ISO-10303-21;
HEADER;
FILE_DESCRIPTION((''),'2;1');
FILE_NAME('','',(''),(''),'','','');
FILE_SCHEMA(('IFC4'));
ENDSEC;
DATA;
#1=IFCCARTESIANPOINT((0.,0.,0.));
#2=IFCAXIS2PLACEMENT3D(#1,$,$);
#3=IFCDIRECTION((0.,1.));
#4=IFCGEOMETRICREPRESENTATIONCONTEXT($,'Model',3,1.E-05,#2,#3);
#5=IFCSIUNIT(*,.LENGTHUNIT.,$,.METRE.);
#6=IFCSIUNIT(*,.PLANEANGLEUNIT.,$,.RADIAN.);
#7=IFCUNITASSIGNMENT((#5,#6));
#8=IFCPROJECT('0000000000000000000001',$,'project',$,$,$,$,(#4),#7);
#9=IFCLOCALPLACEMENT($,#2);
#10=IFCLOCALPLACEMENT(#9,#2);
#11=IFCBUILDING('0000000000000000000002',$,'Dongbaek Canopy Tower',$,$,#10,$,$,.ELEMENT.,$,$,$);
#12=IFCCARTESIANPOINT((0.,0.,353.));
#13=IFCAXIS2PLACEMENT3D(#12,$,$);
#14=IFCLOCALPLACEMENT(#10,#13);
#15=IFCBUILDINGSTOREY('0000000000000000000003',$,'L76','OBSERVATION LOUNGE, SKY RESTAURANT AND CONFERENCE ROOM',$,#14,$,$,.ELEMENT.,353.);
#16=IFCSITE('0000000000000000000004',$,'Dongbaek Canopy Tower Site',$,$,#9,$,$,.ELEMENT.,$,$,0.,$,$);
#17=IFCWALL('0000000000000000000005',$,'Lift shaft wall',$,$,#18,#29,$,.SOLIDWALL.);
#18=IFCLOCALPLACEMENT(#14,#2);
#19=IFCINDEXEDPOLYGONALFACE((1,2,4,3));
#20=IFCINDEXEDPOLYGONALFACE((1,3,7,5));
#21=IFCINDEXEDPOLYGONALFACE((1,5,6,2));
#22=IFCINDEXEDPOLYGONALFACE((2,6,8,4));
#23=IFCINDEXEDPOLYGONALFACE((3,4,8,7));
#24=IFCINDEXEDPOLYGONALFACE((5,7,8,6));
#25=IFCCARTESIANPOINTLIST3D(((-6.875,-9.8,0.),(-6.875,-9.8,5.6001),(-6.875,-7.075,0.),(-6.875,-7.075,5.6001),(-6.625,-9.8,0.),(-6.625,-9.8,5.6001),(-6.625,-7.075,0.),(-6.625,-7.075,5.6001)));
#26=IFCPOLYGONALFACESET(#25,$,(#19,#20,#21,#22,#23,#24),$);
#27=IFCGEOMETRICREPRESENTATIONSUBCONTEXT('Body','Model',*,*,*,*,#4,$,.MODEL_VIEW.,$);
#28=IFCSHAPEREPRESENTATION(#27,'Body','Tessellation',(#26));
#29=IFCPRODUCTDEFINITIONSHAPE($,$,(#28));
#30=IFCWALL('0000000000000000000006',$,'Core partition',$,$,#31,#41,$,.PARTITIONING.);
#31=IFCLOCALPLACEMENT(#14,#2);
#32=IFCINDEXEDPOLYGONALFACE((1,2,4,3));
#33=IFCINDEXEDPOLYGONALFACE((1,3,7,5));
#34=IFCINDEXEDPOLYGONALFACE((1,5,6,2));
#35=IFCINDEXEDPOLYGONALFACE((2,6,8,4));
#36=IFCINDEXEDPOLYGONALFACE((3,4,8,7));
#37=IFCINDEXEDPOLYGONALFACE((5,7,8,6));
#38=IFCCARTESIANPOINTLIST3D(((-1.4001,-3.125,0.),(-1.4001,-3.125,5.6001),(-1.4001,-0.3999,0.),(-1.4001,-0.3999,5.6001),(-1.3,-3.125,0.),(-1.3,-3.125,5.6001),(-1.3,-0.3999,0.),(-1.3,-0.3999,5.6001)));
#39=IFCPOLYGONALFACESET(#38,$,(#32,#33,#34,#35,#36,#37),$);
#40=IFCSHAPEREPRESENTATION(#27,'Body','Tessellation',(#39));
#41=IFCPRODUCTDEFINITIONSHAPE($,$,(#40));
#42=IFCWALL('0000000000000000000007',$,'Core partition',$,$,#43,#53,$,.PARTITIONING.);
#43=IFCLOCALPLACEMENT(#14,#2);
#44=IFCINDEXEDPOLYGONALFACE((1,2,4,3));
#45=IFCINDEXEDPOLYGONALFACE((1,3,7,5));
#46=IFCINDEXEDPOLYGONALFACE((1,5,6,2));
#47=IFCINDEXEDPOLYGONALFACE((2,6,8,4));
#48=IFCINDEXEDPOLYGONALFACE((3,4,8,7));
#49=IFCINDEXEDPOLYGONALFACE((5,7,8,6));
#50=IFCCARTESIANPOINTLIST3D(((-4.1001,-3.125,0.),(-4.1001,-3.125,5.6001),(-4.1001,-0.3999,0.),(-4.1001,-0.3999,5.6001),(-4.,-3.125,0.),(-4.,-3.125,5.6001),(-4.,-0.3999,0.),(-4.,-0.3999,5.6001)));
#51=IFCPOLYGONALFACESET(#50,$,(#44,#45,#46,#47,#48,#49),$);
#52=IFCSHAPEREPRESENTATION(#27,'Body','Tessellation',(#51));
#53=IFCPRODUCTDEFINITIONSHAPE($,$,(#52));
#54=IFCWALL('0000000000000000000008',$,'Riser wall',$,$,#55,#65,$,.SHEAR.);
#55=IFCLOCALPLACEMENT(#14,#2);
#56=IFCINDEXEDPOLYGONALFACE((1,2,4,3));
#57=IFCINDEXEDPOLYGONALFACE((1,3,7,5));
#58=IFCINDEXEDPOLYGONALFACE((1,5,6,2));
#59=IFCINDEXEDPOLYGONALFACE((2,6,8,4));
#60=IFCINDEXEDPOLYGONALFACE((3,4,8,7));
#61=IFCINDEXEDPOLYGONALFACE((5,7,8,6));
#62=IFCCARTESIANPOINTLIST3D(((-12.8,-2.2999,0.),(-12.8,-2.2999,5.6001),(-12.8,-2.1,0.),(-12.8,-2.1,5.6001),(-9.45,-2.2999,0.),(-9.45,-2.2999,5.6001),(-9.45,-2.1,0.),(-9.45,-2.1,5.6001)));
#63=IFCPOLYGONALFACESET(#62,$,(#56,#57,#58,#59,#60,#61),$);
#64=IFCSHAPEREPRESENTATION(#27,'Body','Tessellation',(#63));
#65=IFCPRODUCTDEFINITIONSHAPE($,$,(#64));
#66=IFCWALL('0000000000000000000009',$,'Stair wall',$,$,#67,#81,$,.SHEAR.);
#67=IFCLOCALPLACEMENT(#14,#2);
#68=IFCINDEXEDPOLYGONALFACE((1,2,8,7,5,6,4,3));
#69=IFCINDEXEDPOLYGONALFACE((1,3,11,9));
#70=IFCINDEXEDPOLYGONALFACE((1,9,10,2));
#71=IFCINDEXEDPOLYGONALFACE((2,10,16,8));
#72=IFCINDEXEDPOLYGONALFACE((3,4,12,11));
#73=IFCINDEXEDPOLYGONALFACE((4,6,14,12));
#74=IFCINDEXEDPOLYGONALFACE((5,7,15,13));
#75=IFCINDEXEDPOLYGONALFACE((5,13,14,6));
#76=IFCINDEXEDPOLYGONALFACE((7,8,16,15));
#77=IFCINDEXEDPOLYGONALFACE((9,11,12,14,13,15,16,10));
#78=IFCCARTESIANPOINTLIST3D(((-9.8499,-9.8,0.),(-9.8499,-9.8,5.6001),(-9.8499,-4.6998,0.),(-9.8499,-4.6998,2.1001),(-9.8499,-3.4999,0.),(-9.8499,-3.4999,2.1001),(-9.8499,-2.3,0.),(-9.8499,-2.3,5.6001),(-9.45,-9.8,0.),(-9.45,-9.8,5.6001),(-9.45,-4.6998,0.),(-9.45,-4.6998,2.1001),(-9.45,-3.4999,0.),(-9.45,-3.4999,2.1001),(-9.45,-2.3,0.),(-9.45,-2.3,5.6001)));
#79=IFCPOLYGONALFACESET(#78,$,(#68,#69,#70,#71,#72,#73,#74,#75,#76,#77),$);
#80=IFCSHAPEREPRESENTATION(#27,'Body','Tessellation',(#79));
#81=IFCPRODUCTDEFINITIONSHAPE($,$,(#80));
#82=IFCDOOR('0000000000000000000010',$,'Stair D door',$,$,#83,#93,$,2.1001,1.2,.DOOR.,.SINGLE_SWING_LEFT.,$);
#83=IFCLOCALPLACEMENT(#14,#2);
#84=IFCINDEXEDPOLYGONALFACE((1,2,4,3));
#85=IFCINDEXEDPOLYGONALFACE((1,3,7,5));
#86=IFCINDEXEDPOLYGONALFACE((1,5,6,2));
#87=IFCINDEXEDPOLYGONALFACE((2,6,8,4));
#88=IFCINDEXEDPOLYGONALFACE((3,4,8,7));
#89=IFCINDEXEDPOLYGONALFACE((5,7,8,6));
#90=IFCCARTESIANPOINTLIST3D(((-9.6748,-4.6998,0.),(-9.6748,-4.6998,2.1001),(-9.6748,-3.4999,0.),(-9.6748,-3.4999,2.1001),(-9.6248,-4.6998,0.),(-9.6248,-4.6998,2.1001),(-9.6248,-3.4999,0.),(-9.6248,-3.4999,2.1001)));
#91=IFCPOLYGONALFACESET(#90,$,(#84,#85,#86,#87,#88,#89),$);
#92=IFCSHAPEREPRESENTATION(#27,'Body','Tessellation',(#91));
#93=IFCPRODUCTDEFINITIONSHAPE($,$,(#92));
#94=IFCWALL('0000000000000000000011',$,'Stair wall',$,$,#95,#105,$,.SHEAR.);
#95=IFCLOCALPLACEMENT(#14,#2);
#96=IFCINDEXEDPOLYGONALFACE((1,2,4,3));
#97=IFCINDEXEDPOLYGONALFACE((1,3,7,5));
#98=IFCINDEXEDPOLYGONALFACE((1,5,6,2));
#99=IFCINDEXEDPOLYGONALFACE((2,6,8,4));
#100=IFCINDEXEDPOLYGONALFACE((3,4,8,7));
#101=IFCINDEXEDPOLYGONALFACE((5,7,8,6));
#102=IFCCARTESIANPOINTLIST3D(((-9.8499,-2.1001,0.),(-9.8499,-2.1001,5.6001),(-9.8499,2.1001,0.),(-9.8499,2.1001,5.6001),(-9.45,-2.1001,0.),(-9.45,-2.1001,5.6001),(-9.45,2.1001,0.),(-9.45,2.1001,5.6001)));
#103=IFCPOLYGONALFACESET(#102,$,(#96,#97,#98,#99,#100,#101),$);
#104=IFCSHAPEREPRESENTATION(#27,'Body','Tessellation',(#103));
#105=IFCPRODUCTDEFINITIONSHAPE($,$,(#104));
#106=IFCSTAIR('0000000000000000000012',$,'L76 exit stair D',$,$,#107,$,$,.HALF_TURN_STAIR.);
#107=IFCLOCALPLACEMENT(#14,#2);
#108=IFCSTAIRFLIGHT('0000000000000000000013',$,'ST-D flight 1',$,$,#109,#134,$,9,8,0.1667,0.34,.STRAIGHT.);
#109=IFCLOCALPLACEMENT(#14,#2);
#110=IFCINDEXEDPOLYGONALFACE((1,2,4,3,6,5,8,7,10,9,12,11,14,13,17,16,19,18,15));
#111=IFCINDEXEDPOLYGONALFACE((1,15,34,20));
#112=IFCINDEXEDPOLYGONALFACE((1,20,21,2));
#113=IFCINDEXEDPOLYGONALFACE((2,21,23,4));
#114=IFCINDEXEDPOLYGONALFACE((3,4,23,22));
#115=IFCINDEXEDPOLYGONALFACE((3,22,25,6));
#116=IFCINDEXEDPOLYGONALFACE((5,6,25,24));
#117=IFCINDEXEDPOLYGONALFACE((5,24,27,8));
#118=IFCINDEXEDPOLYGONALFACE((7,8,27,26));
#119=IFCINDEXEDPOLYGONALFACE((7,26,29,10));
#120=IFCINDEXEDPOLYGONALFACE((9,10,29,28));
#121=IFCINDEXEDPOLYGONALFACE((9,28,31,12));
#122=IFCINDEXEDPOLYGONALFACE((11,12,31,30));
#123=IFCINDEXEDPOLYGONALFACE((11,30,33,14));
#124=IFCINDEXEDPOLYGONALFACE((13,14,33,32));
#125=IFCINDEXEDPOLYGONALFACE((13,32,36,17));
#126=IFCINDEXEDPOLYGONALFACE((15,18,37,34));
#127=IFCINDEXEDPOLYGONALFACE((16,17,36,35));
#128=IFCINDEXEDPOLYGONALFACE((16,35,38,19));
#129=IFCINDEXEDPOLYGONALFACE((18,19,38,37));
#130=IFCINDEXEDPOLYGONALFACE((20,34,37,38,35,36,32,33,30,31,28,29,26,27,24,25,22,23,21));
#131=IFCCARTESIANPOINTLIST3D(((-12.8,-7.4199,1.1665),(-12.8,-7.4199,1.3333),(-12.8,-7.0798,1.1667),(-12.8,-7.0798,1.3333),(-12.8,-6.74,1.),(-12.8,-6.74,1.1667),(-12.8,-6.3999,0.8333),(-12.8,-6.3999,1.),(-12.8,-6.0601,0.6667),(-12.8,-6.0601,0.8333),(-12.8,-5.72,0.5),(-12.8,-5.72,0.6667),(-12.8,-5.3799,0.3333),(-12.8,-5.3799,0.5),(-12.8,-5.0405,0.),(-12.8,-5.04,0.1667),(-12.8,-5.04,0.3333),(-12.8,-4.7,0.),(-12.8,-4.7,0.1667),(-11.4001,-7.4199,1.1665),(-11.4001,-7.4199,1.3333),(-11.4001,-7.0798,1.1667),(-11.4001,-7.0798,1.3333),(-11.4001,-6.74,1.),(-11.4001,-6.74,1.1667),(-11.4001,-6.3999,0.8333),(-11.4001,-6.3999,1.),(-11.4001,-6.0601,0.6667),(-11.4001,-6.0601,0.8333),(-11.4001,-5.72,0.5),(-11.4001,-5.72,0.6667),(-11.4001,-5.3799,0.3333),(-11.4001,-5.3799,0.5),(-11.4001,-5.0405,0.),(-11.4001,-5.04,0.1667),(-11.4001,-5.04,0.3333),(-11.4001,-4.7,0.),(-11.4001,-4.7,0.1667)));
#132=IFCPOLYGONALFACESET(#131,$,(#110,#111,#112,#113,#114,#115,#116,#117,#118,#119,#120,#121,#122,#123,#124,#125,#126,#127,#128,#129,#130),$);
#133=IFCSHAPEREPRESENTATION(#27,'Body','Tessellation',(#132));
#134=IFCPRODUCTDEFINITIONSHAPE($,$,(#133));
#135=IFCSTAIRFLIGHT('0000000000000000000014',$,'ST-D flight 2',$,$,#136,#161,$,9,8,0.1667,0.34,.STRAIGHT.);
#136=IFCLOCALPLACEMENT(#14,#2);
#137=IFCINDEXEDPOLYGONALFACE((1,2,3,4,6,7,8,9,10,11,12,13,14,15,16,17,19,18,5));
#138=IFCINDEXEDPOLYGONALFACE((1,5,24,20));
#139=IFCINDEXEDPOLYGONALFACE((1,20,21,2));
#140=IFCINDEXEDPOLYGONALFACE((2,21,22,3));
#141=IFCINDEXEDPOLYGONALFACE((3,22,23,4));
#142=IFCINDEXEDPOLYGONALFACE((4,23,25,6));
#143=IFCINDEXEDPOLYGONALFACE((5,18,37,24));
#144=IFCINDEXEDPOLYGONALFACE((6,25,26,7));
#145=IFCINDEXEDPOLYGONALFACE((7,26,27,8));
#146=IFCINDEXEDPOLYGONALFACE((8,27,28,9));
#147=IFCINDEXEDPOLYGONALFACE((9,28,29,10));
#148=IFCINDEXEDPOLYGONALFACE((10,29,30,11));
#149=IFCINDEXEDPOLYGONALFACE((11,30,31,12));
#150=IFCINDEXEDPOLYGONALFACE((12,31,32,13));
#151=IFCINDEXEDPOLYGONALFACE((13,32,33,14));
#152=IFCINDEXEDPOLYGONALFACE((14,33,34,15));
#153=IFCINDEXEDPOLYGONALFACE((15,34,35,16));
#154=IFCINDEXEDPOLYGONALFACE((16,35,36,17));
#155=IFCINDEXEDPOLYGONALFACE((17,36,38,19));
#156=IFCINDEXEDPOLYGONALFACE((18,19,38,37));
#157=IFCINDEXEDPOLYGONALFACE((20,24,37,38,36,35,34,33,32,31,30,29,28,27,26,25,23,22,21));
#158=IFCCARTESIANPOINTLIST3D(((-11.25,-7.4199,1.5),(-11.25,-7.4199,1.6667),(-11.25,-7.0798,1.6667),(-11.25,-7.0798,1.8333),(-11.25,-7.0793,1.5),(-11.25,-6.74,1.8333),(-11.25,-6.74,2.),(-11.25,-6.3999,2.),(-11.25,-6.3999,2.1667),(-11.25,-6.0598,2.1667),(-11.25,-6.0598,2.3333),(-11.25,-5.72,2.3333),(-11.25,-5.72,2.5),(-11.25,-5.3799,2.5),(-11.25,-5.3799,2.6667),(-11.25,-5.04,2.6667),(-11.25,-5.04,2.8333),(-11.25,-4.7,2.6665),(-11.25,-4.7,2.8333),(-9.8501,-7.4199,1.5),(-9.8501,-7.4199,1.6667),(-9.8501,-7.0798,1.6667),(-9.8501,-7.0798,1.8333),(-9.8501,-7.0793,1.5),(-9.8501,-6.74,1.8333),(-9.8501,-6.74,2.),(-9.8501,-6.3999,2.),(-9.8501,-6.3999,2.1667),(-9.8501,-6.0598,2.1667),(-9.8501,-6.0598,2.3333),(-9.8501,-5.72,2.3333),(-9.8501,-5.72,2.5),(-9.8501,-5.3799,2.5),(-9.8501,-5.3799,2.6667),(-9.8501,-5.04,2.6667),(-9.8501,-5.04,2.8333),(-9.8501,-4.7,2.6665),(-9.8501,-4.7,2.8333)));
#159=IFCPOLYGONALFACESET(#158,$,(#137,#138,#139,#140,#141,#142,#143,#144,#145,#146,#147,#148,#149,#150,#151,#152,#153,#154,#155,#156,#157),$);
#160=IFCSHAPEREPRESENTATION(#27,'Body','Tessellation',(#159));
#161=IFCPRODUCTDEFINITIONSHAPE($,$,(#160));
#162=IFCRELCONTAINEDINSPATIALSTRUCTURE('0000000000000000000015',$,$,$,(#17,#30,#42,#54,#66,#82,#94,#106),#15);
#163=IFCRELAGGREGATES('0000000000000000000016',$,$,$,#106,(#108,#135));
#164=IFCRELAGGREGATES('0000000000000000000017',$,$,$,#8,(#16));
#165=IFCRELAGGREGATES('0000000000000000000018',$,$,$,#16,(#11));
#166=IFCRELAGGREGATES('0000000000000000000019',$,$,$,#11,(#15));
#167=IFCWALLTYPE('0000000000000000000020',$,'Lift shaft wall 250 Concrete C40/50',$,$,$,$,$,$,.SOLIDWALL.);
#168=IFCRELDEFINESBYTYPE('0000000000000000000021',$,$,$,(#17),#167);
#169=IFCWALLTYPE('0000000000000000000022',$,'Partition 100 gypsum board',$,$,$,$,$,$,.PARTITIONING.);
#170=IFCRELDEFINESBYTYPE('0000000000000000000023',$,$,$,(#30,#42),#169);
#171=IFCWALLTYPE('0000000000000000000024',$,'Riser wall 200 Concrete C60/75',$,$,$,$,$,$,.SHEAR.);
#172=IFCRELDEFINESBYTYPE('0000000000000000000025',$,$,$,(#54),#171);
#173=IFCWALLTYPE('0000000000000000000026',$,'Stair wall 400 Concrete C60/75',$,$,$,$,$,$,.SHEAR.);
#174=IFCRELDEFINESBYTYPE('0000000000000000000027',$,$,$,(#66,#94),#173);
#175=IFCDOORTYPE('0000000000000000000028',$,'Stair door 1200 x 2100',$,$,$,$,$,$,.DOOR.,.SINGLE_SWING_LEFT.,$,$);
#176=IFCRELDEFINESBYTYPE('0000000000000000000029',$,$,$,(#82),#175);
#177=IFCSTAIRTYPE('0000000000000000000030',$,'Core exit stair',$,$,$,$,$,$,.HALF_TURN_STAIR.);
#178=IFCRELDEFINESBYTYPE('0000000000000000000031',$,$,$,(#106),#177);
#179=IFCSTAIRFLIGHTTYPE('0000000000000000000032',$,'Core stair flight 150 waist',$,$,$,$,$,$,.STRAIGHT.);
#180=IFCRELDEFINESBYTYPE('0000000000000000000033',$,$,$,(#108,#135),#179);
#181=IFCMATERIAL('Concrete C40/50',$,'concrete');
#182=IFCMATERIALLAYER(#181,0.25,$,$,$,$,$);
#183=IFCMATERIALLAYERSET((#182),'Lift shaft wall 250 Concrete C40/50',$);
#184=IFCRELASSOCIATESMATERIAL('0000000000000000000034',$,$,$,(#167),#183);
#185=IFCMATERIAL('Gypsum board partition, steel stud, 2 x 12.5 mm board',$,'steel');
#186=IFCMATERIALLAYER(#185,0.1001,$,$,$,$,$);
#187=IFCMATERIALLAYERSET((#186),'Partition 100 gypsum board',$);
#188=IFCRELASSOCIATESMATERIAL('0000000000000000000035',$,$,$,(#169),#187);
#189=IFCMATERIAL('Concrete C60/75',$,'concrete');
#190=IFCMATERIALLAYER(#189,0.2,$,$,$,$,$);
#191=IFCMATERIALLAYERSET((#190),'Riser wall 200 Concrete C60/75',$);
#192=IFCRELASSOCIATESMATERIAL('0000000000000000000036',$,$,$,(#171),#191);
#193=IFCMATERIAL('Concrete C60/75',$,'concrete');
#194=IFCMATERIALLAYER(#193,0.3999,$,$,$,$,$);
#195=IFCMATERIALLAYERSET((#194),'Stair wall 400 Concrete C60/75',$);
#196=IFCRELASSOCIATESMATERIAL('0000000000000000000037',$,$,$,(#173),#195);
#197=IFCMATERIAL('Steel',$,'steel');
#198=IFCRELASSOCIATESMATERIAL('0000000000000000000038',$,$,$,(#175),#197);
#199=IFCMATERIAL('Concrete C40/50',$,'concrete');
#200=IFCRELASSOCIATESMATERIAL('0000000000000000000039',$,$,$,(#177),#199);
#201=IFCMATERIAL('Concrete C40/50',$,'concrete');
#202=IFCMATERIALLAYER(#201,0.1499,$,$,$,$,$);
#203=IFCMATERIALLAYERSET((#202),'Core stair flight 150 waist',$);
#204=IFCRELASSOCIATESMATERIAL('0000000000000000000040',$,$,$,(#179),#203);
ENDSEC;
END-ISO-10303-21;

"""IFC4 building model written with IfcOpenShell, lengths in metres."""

from ifc_helpers import new_model, si_unit, direction, frame, frame_2d, origin, place, context, subcontext, project, spatial, polyline, rectangle, outline, extrude, material, layer, layer_set, type_object, element, fill, aggregate, save


model = new_model("IFC4")

# Units and contexts
model_context = context("Model", 3, precision=1e-05, world=origin(), true_north=direction((0.0, 1.0)))
body_context = subcontext(model_context, "Body", "Model", "MODEL_VIEW")
ifc_project = project(units=[si_unit("LENGTHUNIT", "METRE"), si_unit("PLANEANGLEUNIT", "RADIAN")], contexts=[model_context])

# Site, building, storey
site_placement = place(None, origin())
site = spatial("IfcSite", under=ifc_project, at=site_placement, Name="Dongbaek Canopy Tower Site", CompositionType="ELEMENT", RefElevation=0.0)
building_placement = place(site_placement, origin())
building = spatial("IfcBuilding", under=site, at=building_placement, Name="Dongbaek Canopy Tower", CompositionType="ELEMENT")
storey_placement = place(building_placement, frame((0.0, 0.0, 353.0)))
storey = spatial("IfcBuildingStorey", under=building, at=storey_placement, Name="L76", Description="OBSERVATION LOUNGE, SKY RESTAURANT AND CONFERENCE ROOM", CompositionType="ELEMENT", Elevation=353.0)

# Walls
ifc_material_1 = material(Name="Concrete C40/50", Category="concrete")
ifc_layer_1 = layer(ifc_material_1, 0.25)
ifc_layer_set_1 = layer_set([ifc_layer_1], Name="Lift shaft wall 250 Concrete C40/50")
wall_type_1 = type_object("IfcWallType", Name="Lift shaft wall 250 Concrete C40/50", PredefinedType="SOLIDWALL", material=ifc_layer_set_1)
for number, where, z_axis, x_axis, name in (
    (1, (-6.75, -9.8, 0.0), (0.0, 0.0, 1.0), (0.0, 1.0, 0.0), "Lift shaft wall"),
):
    element("IfcWall", number, at=place(storey_placement, frame(where, z_axis=z_axis, x_axis=x_axis)), inside=storey, type_object=wall_type_1, Name=name, PredefinedType="SOLIDWALL", context=body_context, shape_type="SweptSolid", body=[
        extrude(rectangle(XDim=2.7251, YDim=0.25, at=frame_2d((1.3625, 0.0))), origin(), (0.0, 0.0, 1.0), 5.6001),
    ])
ifc_material_2 = material(Name="Gypsum board partition, steel stud, 2 x 12.5 mm board", Category="steel")
ifc_layer_2 = layer(ifc_material_2, 0.1001)
ifc_layer_set_2 = layer_set([ifc_layer_2], Name="Partition 100 gypsum board")
wall_type_2 = type_object("IfcWallType", Name="Partition 100 gypsum board", PredefinedType="PARTITIONING", material=ifc_layer_set_2)
for number, where, z_axis, x_axis, name in (
    (2, (-1.3501, -3.125, 0.0), (0.0, 0.0, 1.0), (0.0, 1.0, 0.0), "Core partition"),
    (3, (-4.05, -3.125, 0.0), (0.0, 0.0, 1.0), (0.0, 1.0, 0.0), "Core partition"),
):
    element("IfcWall", number, at=place(storey_placement, frame(where, z_axis=z_axis, x_axis=x_axis)), inside=storey, type_object=wall_type_2, Name=name, PredefinedType="PARTITIONING", context=body_context, shape_type="SweptSolid", body=[
        extrude(rectangle(XDim=2.7251, YDim=0.1001, at=frame_2d((1.3625, 0.0))), origin(), (0.0, 0.0, 1.0), 5.6001),
    ])
ifc_material_3 = material(Name="Concrete C60/75", Category="concrete")
ifc_layer_3 = layer(ifc_material_3, 0.2)
ifc_layer_set_3 = layer_set([ifc_layer_3], Name="Riser wall 200 Concrete C60/75")
wall_type_3 = type_object("IfcWallType", Name="Riser wall 200 Concrete C60/75", PredefinedType="SHEAR", material=ifc_layer_set_3)
wall_1_placement = place(storey_placement, frame((-9.45, -2.2, 0.0), z_axis=(0.0, 0.0, 1.0), x_axis=(-1.0, 0.0, 0.0)))
element("IfcWall", 4, at=wall_1_placement, inside=storey, type_object=wall_type_3, Name="Riser wall", PredefinedType="SHEAR", context=body_context, shape_type="SweptSolid", body=[
    extrude(rectangle(XDim=3.3501, YDim=0.2, at=frame_2d((1.675, 0.0))), origin(), (0.0, 0.0, 1.0), 5.6001),
])

# Wall, opening, door
ifc_material_4 = material(Name="Concrete C60/75", Category="concrete")
ifc_layer_4 = layer(ifc_material_4, 0.3999)
ifc_layer_set_4 = layer_set([ifc_layer_4], Name="Stair wall 400 Concrete C60/75")
wall_type_4 = type_object("IfcWallType", Name="Stair wall 400 Concrete C60/75", PredefinedType="SHEAR", material=ifc_layer_set_4)
wall_2_placement = place(storey_placement, frame((-9.6499, -9.8, 0.0), z_axis=(0.0, 0.0, 1.0), x_axis=(0.0, 1.0, 0.0)))
wall_2 = element("IfcWall", 5, at=wall_2_placement, inside=storey, type_object=wall_type_4, Name="Stair wall", PredefinedType="SHEAR", context=body_context, shape_type="SweptSolid", body=[
    extrude(rectangle(XDim=7.5, YDim=0.3999, at=frame_2d((3.75, 0.0))), origin(), (0.0, 0.0, 1.0), 5.6001),
])
opening_1_placement = place(wall_2_placement, frame((5.1001, 0.0, 0.0)))
opening_1 = element("IfcOpeningElement", 6, at=opening_1_placement, cuts=wall_2, PredefinedType="OPENING", context=body_context, shape_type="SweptSolid", body=[
    extrude(rectangle(XDim=1.2, YDim=2.1001, at=frame_2d((0.6001, 1.05))), frame((0.0, 0.21, 0.0), z_axis=(0.0, -1.0, 0.0), x_axis=(1.0, 0.0, 0.0)), (0.0, 0.0, 1.0), 0.4199),
])
ifc_material_5 = material(Name="Steel", Category="steel")
door_type_1 = type_object("IfcDoorType", Name="Stair door 1200 x 2100", OperationType="SINGLE_SWING_LEFT", PredefinedType="DOOR", material=ifc_material_5)
door_1_placement = place(opening_1_placement, origin())
door_1 = element("IfcDoor", 7, at=door_1_placement, inside=storey, type_object=door_type_1, Name="Stair D door", OperationType="SINGLE_SWING_LEFT", OverallHeight=2.1001, OverallWidth=1.2, PredefinedType="DOOR", context=body_context, shape_type="SweptSolid", body=[
    extrude(rectangle(XDim=1.2, YDim=2.1001, at=frame_2d((0.6001, 1.05))), frame((0.0, 0.0249, 0.0), z_axis=(0.0, -1.0, 0.0), x_axis=(1.0, 0.0, 0.0)), (0.0, 0.0, 1.0), 0.05),
])
fill(opening_1, door_1)

# Wall
wall_3_placement = place(storey_placement, frame((-9.6499, -2.1001, 0.0), z_axis=(0.0, 0.0, 1.0), x_axis=(0.0, 1.0, 0.0)))
element("IfcWall", 8, at=wall_3_placement, inside=storey, type_object=wall_type_4, Name="Stair wall", PredefinedType="SHEAR", context=body_context, shape_type="SweptSolid", body=[
    extrude(rectangle(XDim=4.2002, YDim=0.3999, at=frame_2d((2.1001, 0.0))), origin(), (0.0, 0.0, 1.0), 5.6001),
])

# Stair, stair flights
ifc_material_6 = material(Name="Concrete C40/50", Category="concrete")
stair_type = type_object("IfcStairType", Name="Core exit stair", PredefinedType="HALF_TURN_STAIR", material=ifc_material_6)
stair_placement = place(storey_placement, origin())
stair = element("IfcStair", 9, at=stair_placement, inside=storey, type_object=stair_type, Name="L76 exit stair D", PredefinedType="HALF_TURN_STAIR")
ifc_material_7 = material(Name="Concrete C40/50", Category="concrete")
ifc_layer_5 = layer(ifc_material_7, 0.1499)
ifc_layer_set_5 = layer_set([ifc_layer_5], Name="Core stair flight 150 waist")
stair_flight_type = type_object("IfcStairFlightType", Name="Core stair flight 150 waist", PredefinedType="STRAIGHT", material=ifc_layer_set_5)
stair_flight_1_placement = place(storey_placement, frame((-12.1001, -4.7, 0.0), z_axis=(0.0, 0.0, 1.0), x_axis=(0.0, -1.0, 0.0)))
stair_flight_1 = element("IfcStairFlight", 10, at=stair_flight_1_placement, type_object=stair_flight_type, Name="ST-D flight 1", NumberOfRisers=9, NumberOfTreads=8, PredefinedType="STRAIGHT", RiserHeight=0.1667, TreadLength=0.34, context=body_context, shape_type="SweptSolid", body=[
    extrude(outline(polyline([(0.0, 0.0), (0.0, 0.1667), (0.3401, 0.1667), (0.3401, 0.3333), (0.6799, 0.3333), (0.6799, 0.5), (1.02, 0.5), (1.02, 0.6667), (1.3601, 0.6667), (1.3601, 0.8333), (1.7, 0.8333), (1.7, 1.0), (2.04, 1.0), (2.04, 1.1667), (2.3799, 1.1667), (2.3799, 1.3333), (2.72, 1.3333), (2.72, 1.5), (2.72, 1.1665), (0.3406, 0.0), (0.0, 0.0)])), frame((0.0, 0.7, 0.0), z_axis=(0.0, -1.0, 0.0), x_axis=(1.0, 0.0, 0.0)), (0.0, 0.0, 1.0), 1.3999),
])
stair_flight_2_placement = place(storey_placement, frame((-10.55, -7.4199, 1.5), z_axis=(0.0, 0.0, 1.0), x_axis=(0.0, 1.0, 0.0)))
stair_flight_2 = element("IfcStairFlight", 11, at=stair_flight_2_placement, type_object=stair_flight_type, Name="ST-D flight 2", NumberOfRisers=9, NumberOfTreads=8, PredefinedType="STRAIGHT", RiserHeight=0.1667, TreadLength=0.34, context=body_context, shape_type="SweptSolid", body=[
    extrude(outline(polyline([(0.0, 0.0), (0.0, 0.1667), (0.3401, 0.1667), (0.3401, 0.3333), (0.6799, 0.3333), (0.6799, 0.5), (1.02, 0.5), (1.02, 0.6667), (1.3601, 0.6667), (1.3601, 0.8333), (1.7, 0.8333), (1.7, 1.0), (2.04, 1.0), (2.04, 1.1667), (2.3799, 1.1667), (2.3799, 1.3333), (2.72, 1.3333), (2.72, 1.5), (2.72, 1.1665), (0.3406, 0.0), (0.0, 0.0)])), frame((0.0, 0.7, 0.0), z_axis=(0.0, -1.0, 0.0), x_axis=(1.0, 0.0, 0.0)), (0.0, 0.0, 1.0), 1.3999),
])
aggregate(stair, [stair_flight_1, stair_flight_2])

save(model, "model.ifc")
